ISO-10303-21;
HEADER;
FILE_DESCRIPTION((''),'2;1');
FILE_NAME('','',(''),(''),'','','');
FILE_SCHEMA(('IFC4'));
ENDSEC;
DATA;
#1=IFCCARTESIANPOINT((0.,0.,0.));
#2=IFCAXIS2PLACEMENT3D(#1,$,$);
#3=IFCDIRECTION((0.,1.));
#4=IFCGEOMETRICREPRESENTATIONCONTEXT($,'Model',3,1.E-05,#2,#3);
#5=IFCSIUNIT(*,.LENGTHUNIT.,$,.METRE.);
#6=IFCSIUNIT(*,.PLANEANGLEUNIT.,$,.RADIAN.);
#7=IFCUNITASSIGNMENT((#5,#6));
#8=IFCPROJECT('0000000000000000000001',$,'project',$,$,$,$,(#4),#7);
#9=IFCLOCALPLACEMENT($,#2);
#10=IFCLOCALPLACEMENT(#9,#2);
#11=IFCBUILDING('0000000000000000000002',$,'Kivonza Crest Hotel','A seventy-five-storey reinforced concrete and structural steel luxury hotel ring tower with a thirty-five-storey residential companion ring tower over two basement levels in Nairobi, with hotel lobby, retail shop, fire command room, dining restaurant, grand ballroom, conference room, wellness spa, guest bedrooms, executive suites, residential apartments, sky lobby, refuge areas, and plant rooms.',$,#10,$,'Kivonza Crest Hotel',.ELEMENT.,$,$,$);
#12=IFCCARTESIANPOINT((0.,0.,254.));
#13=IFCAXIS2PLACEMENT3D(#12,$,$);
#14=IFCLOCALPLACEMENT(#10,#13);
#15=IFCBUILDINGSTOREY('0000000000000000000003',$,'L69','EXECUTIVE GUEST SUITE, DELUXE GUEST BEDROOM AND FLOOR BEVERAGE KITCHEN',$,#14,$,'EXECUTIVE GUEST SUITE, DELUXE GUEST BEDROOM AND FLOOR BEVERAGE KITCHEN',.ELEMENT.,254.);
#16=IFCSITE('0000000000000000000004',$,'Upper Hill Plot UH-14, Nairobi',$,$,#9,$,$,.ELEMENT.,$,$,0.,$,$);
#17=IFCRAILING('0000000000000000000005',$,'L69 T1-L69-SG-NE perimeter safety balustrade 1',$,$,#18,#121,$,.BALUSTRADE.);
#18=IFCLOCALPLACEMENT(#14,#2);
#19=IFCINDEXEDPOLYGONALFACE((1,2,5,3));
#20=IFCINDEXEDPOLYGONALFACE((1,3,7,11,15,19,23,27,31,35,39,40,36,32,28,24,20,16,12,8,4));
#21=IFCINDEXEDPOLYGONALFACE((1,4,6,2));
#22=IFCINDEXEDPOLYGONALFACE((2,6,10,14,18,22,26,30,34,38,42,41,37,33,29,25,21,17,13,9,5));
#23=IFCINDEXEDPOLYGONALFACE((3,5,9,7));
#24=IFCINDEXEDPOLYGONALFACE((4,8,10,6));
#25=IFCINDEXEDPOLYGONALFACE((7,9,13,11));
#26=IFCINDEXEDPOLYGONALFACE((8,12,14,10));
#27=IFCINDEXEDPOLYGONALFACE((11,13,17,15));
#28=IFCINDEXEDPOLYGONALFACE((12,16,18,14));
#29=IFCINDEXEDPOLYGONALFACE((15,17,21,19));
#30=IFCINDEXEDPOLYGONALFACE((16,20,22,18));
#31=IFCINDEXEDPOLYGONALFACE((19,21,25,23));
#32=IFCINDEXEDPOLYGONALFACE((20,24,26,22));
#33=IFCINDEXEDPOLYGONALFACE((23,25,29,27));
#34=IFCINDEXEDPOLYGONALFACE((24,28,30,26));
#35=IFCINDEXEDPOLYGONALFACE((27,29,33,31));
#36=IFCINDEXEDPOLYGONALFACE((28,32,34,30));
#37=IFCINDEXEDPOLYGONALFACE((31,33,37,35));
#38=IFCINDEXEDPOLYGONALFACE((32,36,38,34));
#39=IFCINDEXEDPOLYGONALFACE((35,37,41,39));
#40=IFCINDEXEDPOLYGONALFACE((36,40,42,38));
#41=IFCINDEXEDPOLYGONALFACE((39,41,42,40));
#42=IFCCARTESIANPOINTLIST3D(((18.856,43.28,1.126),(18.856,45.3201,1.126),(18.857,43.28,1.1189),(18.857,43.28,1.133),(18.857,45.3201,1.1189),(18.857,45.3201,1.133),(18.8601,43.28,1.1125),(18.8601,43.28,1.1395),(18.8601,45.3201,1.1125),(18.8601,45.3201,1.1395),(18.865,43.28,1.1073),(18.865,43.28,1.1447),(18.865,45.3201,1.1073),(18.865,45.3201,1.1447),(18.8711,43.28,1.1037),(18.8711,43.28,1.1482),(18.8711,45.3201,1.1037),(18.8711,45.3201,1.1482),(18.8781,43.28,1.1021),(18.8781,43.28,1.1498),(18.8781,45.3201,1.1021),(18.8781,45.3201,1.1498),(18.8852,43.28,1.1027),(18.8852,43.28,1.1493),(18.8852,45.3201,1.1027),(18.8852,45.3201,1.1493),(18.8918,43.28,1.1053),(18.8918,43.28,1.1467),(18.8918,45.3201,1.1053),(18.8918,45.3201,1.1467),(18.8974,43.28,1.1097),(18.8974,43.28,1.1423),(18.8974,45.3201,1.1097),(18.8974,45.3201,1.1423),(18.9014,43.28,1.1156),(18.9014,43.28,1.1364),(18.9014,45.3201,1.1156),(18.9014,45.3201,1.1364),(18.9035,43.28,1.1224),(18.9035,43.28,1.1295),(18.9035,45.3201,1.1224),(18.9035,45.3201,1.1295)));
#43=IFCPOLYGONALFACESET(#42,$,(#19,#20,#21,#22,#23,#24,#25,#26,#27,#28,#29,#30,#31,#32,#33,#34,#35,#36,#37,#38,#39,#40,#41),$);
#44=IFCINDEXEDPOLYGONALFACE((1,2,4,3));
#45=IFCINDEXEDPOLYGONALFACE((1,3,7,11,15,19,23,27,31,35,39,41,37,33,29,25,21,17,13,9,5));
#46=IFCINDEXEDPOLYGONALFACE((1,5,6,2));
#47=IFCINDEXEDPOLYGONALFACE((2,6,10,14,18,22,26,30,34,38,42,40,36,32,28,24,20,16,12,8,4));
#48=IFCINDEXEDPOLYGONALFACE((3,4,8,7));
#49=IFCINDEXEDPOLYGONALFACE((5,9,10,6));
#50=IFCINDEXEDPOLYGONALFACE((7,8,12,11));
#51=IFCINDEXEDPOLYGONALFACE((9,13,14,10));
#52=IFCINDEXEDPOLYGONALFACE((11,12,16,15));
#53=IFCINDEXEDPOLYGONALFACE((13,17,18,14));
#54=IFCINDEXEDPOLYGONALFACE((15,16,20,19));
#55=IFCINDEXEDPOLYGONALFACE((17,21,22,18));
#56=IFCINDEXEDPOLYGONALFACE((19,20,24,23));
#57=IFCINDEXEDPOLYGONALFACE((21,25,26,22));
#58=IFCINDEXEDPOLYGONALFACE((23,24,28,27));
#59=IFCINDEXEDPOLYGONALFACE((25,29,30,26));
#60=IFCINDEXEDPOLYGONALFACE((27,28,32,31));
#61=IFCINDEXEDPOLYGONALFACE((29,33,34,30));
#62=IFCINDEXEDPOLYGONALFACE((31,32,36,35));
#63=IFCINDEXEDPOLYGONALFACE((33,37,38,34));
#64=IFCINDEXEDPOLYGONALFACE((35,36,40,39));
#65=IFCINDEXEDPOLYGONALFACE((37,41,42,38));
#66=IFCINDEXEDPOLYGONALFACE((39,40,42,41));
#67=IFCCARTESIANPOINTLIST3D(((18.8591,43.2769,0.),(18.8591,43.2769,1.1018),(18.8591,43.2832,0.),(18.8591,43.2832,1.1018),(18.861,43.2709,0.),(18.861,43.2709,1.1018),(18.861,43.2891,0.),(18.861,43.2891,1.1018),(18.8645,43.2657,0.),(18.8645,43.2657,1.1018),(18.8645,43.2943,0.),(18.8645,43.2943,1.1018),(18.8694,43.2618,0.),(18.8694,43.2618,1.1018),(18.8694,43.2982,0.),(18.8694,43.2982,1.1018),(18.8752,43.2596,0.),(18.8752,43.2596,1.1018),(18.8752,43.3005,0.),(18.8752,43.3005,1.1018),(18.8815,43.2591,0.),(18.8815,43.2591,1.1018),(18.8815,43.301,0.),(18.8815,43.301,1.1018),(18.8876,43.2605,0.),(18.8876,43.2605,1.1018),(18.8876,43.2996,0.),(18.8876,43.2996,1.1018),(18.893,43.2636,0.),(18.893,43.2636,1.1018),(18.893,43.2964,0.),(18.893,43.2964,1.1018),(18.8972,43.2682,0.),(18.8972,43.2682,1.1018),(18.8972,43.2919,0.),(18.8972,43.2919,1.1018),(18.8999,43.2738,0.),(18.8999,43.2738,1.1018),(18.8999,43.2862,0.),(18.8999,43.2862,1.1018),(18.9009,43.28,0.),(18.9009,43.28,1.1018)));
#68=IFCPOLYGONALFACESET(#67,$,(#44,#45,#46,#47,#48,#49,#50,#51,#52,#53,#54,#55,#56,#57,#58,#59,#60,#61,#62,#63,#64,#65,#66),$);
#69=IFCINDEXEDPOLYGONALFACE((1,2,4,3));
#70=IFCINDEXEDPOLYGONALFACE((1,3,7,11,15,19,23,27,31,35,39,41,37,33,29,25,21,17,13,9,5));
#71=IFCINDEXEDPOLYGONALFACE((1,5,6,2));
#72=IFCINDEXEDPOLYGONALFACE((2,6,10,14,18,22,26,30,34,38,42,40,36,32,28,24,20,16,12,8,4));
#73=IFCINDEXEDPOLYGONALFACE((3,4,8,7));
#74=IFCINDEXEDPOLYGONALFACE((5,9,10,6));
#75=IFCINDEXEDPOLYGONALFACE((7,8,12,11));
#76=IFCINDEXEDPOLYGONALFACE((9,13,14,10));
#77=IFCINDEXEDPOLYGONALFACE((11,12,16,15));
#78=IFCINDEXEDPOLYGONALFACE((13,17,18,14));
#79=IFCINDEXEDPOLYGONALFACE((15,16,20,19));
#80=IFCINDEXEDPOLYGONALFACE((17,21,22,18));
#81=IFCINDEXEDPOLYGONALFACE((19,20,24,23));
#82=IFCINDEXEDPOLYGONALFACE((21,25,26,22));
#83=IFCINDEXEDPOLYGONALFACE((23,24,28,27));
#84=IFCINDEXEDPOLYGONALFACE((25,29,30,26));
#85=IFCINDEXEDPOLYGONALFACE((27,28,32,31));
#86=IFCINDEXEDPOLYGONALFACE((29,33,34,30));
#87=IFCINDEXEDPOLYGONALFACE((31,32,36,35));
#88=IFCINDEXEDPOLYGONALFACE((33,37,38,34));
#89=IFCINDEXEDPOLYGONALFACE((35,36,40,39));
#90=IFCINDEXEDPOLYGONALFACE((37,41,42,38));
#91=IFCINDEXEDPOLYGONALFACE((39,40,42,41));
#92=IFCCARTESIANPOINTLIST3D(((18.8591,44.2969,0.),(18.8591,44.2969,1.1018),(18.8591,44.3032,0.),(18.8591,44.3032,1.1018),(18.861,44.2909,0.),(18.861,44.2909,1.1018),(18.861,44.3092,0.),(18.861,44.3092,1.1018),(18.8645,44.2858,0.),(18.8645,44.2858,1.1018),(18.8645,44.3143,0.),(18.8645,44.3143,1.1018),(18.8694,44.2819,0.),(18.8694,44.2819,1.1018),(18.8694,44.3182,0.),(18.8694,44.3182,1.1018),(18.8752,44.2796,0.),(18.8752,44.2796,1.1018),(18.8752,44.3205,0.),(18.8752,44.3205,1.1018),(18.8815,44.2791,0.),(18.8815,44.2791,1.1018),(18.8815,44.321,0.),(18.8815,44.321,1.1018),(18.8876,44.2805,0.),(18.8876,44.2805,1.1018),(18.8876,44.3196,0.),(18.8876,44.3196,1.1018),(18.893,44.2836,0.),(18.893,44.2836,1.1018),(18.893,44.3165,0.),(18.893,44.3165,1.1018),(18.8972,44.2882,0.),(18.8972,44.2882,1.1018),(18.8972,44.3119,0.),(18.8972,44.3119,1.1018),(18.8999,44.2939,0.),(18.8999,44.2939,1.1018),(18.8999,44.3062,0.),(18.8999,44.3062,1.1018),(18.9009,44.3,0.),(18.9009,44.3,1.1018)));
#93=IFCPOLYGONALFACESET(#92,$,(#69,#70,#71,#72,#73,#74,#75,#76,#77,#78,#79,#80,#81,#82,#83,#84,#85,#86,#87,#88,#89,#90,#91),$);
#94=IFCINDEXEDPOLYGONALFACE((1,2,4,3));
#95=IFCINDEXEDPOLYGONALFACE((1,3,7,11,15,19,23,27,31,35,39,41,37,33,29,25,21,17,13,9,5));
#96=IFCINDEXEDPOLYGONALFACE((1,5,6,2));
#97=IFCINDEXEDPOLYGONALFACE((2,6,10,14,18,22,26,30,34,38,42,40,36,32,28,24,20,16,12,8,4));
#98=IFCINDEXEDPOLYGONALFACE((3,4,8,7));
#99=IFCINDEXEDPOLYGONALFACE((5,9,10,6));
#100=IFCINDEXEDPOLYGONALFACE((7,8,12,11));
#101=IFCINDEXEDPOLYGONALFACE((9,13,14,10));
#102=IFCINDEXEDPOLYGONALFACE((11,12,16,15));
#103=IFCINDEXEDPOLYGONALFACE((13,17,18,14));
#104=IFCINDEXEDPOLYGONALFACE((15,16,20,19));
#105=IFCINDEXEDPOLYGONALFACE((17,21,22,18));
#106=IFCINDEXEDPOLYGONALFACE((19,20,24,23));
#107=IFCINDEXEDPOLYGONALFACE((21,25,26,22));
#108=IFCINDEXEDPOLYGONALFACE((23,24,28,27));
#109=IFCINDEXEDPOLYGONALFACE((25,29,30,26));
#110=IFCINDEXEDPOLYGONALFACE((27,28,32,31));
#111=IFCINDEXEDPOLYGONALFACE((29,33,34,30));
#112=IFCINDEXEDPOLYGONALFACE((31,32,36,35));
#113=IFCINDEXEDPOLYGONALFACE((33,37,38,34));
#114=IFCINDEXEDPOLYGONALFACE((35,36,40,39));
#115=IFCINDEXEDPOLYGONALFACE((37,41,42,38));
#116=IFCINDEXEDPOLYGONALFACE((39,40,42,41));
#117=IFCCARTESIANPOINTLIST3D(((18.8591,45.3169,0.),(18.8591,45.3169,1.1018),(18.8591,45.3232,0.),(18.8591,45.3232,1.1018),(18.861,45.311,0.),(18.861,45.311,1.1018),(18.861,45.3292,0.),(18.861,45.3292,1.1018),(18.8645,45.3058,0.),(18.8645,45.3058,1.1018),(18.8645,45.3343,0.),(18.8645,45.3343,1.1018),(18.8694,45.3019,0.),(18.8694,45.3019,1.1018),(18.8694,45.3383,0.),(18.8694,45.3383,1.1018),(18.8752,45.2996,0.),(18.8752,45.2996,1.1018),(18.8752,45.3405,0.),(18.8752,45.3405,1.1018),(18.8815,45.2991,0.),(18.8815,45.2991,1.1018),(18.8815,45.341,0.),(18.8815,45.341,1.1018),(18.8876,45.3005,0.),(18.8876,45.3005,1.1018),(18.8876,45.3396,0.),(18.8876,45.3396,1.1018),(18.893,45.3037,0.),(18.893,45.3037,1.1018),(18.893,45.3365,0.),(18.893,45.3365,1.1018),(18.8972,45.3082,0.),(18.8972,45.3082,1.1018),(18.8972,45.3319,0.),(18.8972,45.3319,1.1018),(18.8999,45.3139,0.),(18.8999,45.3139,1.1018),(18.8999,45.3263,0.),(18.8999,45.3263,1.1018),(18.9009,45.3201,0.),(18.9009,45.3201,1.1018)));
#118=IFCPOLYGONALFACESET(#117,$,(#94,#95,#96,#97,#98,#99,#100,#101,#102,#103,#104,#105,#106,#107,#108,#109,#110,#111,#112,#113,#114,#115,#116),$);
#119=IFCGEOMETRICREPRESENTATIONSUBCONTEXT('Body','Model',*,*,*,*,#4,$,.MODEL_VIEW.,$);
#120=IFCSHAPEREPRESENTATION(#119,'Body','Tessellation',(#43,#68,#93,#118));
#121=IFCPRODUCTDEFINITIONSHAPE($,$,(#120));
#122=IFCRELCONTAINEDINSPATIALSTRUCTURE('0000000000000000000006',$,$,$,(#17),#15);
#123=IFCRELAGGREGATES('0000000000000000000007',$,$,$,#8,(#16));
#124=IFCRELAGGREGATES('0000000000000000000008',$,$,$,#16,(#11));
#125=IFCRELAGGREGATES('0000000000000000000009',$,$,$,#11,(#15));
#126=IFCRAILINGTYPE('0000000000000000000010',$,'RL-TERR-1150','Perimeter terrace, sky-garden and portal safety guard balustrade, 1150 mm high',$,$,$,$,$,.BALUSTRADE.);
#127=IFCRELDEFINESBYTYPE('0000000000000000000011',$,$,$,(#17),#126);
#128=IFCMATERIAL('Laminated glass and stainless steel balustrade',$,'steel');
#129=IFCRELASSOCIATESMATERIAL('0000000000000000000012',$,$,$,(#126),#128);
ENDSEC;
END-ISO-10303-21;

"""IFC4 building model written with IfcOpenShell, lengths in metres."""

from ifc_helpers import new_model, si_unit, direction, frame, origin, origin_2d, place, context, subcontext, project, spatial, circle, extrude, material, type_object, element, save


model = new_model("IFC4")

# Units and contexts
model_context = context("Model", 3, precision=1e-05, world=origin(), true_north=direction((0.0, 1.0)))
body_context = subcontext(model_context, "Body", "Model", "MODEL_VIEW")
ifc_project = project(units=[si_unit("LENGTHUNIT", "METRE"), si_unit("PLANEANGLEUNIT", "RADIAN")], contexts=[model_context])

# Site, building, storey
site_placement = place(None, origin())
site = spatial("IfcSite", under=ifc_project, at=site_placement, Name="Upper Hill Plot UH-14, Nairobi", CompositionType="ELEMENT", RefElevation=0.0)
building_placement = place(site_placement, origin())
building = spatial("IfcBuilding", under=site, at=building_placement, Name="Kivonza Crest Hotel", Description="A seventy-five-storey reinforced concrete and structural steel luxury hotel ring tower with a thirty-five-storey residential companion ring tower over two basement levels in Nairobi, with hotel lobby, retail shop, fire command room, dining restaurant, grand ballroom, conference room, wellness spa, guest bedrooms, executive suites, residential apartments, sky lobby, refuge areas, and plant rooms.", LongName="Kivonza Crest Hotel", CompositionType="ELEMENT")
storey_placement = place(building_placement, frame((0.0, 0.0, 254.0)))
storey = spatial("IfcBuildingStorey", under=building, at=storey_placement, Name="L69", Description="EXECUTIVE GUEST SUITE, DELUXE GUEST BEDROOM AND FLOOR BEVERAGE KITCHEN", LongName="EXECUTIVE GUEST SUITE, DELUXE GUEST BEDROOM AND FLOOR BEVERAGE KITCHEN", CompositionType="ELEMENT", Elevation=254.0)

# Railing
ifc_material_1 = material(Name="Laminated glass and stainless steel balustrade", Category="steel")
railing_type = type_object("IfcRailingType", Name="RL-TERR-1150", Description="Perimeter terrace, sky-garden and portal safety guard balustrade, 1150 mm high", PredefinedType="BALUSTRADE", material=ifc_material_1)
railing_1_placement = place(storey_placement, frame((18.8799, 43.28, 0.0)))
element("IfcRailing", 1, at=railing_1_placement, inside=storey, type_object=railing_type, Name="L69 T1-L69-SG-NE perimeter safety balustrade 1", PredefinedType="BALUSTRADE", context=body_context, shape_type="SweptSolid", body=[
    extrude(circle(Radius=0.0239, at=origin_2d()), frame((0.0, 0.0, 1.126), z_axis=(0.0, 1.0, 0.0), x_axis=(-1.0, 0.0, 0.0)), (0.0, 0.0, 1.0), 2.04),
    extrude(circle(Radius=0.021, at=origin_2d()), origin(), (0.0, 0.0, 1.0), 1.1018),
    extrude(circle(Radius=0.021, at=origin_2d()), frame((0.0, 1.02, 0.0)), (0.0, 0.0, 1.0), 1.1018),
    extrude(circle(Radius=0.021, at=origin_2d()), frame((0.0, 2.04, 0.0)), (0.0, 0.0, 1.0), 1.1018),
])

save(model, "model.ifc")
